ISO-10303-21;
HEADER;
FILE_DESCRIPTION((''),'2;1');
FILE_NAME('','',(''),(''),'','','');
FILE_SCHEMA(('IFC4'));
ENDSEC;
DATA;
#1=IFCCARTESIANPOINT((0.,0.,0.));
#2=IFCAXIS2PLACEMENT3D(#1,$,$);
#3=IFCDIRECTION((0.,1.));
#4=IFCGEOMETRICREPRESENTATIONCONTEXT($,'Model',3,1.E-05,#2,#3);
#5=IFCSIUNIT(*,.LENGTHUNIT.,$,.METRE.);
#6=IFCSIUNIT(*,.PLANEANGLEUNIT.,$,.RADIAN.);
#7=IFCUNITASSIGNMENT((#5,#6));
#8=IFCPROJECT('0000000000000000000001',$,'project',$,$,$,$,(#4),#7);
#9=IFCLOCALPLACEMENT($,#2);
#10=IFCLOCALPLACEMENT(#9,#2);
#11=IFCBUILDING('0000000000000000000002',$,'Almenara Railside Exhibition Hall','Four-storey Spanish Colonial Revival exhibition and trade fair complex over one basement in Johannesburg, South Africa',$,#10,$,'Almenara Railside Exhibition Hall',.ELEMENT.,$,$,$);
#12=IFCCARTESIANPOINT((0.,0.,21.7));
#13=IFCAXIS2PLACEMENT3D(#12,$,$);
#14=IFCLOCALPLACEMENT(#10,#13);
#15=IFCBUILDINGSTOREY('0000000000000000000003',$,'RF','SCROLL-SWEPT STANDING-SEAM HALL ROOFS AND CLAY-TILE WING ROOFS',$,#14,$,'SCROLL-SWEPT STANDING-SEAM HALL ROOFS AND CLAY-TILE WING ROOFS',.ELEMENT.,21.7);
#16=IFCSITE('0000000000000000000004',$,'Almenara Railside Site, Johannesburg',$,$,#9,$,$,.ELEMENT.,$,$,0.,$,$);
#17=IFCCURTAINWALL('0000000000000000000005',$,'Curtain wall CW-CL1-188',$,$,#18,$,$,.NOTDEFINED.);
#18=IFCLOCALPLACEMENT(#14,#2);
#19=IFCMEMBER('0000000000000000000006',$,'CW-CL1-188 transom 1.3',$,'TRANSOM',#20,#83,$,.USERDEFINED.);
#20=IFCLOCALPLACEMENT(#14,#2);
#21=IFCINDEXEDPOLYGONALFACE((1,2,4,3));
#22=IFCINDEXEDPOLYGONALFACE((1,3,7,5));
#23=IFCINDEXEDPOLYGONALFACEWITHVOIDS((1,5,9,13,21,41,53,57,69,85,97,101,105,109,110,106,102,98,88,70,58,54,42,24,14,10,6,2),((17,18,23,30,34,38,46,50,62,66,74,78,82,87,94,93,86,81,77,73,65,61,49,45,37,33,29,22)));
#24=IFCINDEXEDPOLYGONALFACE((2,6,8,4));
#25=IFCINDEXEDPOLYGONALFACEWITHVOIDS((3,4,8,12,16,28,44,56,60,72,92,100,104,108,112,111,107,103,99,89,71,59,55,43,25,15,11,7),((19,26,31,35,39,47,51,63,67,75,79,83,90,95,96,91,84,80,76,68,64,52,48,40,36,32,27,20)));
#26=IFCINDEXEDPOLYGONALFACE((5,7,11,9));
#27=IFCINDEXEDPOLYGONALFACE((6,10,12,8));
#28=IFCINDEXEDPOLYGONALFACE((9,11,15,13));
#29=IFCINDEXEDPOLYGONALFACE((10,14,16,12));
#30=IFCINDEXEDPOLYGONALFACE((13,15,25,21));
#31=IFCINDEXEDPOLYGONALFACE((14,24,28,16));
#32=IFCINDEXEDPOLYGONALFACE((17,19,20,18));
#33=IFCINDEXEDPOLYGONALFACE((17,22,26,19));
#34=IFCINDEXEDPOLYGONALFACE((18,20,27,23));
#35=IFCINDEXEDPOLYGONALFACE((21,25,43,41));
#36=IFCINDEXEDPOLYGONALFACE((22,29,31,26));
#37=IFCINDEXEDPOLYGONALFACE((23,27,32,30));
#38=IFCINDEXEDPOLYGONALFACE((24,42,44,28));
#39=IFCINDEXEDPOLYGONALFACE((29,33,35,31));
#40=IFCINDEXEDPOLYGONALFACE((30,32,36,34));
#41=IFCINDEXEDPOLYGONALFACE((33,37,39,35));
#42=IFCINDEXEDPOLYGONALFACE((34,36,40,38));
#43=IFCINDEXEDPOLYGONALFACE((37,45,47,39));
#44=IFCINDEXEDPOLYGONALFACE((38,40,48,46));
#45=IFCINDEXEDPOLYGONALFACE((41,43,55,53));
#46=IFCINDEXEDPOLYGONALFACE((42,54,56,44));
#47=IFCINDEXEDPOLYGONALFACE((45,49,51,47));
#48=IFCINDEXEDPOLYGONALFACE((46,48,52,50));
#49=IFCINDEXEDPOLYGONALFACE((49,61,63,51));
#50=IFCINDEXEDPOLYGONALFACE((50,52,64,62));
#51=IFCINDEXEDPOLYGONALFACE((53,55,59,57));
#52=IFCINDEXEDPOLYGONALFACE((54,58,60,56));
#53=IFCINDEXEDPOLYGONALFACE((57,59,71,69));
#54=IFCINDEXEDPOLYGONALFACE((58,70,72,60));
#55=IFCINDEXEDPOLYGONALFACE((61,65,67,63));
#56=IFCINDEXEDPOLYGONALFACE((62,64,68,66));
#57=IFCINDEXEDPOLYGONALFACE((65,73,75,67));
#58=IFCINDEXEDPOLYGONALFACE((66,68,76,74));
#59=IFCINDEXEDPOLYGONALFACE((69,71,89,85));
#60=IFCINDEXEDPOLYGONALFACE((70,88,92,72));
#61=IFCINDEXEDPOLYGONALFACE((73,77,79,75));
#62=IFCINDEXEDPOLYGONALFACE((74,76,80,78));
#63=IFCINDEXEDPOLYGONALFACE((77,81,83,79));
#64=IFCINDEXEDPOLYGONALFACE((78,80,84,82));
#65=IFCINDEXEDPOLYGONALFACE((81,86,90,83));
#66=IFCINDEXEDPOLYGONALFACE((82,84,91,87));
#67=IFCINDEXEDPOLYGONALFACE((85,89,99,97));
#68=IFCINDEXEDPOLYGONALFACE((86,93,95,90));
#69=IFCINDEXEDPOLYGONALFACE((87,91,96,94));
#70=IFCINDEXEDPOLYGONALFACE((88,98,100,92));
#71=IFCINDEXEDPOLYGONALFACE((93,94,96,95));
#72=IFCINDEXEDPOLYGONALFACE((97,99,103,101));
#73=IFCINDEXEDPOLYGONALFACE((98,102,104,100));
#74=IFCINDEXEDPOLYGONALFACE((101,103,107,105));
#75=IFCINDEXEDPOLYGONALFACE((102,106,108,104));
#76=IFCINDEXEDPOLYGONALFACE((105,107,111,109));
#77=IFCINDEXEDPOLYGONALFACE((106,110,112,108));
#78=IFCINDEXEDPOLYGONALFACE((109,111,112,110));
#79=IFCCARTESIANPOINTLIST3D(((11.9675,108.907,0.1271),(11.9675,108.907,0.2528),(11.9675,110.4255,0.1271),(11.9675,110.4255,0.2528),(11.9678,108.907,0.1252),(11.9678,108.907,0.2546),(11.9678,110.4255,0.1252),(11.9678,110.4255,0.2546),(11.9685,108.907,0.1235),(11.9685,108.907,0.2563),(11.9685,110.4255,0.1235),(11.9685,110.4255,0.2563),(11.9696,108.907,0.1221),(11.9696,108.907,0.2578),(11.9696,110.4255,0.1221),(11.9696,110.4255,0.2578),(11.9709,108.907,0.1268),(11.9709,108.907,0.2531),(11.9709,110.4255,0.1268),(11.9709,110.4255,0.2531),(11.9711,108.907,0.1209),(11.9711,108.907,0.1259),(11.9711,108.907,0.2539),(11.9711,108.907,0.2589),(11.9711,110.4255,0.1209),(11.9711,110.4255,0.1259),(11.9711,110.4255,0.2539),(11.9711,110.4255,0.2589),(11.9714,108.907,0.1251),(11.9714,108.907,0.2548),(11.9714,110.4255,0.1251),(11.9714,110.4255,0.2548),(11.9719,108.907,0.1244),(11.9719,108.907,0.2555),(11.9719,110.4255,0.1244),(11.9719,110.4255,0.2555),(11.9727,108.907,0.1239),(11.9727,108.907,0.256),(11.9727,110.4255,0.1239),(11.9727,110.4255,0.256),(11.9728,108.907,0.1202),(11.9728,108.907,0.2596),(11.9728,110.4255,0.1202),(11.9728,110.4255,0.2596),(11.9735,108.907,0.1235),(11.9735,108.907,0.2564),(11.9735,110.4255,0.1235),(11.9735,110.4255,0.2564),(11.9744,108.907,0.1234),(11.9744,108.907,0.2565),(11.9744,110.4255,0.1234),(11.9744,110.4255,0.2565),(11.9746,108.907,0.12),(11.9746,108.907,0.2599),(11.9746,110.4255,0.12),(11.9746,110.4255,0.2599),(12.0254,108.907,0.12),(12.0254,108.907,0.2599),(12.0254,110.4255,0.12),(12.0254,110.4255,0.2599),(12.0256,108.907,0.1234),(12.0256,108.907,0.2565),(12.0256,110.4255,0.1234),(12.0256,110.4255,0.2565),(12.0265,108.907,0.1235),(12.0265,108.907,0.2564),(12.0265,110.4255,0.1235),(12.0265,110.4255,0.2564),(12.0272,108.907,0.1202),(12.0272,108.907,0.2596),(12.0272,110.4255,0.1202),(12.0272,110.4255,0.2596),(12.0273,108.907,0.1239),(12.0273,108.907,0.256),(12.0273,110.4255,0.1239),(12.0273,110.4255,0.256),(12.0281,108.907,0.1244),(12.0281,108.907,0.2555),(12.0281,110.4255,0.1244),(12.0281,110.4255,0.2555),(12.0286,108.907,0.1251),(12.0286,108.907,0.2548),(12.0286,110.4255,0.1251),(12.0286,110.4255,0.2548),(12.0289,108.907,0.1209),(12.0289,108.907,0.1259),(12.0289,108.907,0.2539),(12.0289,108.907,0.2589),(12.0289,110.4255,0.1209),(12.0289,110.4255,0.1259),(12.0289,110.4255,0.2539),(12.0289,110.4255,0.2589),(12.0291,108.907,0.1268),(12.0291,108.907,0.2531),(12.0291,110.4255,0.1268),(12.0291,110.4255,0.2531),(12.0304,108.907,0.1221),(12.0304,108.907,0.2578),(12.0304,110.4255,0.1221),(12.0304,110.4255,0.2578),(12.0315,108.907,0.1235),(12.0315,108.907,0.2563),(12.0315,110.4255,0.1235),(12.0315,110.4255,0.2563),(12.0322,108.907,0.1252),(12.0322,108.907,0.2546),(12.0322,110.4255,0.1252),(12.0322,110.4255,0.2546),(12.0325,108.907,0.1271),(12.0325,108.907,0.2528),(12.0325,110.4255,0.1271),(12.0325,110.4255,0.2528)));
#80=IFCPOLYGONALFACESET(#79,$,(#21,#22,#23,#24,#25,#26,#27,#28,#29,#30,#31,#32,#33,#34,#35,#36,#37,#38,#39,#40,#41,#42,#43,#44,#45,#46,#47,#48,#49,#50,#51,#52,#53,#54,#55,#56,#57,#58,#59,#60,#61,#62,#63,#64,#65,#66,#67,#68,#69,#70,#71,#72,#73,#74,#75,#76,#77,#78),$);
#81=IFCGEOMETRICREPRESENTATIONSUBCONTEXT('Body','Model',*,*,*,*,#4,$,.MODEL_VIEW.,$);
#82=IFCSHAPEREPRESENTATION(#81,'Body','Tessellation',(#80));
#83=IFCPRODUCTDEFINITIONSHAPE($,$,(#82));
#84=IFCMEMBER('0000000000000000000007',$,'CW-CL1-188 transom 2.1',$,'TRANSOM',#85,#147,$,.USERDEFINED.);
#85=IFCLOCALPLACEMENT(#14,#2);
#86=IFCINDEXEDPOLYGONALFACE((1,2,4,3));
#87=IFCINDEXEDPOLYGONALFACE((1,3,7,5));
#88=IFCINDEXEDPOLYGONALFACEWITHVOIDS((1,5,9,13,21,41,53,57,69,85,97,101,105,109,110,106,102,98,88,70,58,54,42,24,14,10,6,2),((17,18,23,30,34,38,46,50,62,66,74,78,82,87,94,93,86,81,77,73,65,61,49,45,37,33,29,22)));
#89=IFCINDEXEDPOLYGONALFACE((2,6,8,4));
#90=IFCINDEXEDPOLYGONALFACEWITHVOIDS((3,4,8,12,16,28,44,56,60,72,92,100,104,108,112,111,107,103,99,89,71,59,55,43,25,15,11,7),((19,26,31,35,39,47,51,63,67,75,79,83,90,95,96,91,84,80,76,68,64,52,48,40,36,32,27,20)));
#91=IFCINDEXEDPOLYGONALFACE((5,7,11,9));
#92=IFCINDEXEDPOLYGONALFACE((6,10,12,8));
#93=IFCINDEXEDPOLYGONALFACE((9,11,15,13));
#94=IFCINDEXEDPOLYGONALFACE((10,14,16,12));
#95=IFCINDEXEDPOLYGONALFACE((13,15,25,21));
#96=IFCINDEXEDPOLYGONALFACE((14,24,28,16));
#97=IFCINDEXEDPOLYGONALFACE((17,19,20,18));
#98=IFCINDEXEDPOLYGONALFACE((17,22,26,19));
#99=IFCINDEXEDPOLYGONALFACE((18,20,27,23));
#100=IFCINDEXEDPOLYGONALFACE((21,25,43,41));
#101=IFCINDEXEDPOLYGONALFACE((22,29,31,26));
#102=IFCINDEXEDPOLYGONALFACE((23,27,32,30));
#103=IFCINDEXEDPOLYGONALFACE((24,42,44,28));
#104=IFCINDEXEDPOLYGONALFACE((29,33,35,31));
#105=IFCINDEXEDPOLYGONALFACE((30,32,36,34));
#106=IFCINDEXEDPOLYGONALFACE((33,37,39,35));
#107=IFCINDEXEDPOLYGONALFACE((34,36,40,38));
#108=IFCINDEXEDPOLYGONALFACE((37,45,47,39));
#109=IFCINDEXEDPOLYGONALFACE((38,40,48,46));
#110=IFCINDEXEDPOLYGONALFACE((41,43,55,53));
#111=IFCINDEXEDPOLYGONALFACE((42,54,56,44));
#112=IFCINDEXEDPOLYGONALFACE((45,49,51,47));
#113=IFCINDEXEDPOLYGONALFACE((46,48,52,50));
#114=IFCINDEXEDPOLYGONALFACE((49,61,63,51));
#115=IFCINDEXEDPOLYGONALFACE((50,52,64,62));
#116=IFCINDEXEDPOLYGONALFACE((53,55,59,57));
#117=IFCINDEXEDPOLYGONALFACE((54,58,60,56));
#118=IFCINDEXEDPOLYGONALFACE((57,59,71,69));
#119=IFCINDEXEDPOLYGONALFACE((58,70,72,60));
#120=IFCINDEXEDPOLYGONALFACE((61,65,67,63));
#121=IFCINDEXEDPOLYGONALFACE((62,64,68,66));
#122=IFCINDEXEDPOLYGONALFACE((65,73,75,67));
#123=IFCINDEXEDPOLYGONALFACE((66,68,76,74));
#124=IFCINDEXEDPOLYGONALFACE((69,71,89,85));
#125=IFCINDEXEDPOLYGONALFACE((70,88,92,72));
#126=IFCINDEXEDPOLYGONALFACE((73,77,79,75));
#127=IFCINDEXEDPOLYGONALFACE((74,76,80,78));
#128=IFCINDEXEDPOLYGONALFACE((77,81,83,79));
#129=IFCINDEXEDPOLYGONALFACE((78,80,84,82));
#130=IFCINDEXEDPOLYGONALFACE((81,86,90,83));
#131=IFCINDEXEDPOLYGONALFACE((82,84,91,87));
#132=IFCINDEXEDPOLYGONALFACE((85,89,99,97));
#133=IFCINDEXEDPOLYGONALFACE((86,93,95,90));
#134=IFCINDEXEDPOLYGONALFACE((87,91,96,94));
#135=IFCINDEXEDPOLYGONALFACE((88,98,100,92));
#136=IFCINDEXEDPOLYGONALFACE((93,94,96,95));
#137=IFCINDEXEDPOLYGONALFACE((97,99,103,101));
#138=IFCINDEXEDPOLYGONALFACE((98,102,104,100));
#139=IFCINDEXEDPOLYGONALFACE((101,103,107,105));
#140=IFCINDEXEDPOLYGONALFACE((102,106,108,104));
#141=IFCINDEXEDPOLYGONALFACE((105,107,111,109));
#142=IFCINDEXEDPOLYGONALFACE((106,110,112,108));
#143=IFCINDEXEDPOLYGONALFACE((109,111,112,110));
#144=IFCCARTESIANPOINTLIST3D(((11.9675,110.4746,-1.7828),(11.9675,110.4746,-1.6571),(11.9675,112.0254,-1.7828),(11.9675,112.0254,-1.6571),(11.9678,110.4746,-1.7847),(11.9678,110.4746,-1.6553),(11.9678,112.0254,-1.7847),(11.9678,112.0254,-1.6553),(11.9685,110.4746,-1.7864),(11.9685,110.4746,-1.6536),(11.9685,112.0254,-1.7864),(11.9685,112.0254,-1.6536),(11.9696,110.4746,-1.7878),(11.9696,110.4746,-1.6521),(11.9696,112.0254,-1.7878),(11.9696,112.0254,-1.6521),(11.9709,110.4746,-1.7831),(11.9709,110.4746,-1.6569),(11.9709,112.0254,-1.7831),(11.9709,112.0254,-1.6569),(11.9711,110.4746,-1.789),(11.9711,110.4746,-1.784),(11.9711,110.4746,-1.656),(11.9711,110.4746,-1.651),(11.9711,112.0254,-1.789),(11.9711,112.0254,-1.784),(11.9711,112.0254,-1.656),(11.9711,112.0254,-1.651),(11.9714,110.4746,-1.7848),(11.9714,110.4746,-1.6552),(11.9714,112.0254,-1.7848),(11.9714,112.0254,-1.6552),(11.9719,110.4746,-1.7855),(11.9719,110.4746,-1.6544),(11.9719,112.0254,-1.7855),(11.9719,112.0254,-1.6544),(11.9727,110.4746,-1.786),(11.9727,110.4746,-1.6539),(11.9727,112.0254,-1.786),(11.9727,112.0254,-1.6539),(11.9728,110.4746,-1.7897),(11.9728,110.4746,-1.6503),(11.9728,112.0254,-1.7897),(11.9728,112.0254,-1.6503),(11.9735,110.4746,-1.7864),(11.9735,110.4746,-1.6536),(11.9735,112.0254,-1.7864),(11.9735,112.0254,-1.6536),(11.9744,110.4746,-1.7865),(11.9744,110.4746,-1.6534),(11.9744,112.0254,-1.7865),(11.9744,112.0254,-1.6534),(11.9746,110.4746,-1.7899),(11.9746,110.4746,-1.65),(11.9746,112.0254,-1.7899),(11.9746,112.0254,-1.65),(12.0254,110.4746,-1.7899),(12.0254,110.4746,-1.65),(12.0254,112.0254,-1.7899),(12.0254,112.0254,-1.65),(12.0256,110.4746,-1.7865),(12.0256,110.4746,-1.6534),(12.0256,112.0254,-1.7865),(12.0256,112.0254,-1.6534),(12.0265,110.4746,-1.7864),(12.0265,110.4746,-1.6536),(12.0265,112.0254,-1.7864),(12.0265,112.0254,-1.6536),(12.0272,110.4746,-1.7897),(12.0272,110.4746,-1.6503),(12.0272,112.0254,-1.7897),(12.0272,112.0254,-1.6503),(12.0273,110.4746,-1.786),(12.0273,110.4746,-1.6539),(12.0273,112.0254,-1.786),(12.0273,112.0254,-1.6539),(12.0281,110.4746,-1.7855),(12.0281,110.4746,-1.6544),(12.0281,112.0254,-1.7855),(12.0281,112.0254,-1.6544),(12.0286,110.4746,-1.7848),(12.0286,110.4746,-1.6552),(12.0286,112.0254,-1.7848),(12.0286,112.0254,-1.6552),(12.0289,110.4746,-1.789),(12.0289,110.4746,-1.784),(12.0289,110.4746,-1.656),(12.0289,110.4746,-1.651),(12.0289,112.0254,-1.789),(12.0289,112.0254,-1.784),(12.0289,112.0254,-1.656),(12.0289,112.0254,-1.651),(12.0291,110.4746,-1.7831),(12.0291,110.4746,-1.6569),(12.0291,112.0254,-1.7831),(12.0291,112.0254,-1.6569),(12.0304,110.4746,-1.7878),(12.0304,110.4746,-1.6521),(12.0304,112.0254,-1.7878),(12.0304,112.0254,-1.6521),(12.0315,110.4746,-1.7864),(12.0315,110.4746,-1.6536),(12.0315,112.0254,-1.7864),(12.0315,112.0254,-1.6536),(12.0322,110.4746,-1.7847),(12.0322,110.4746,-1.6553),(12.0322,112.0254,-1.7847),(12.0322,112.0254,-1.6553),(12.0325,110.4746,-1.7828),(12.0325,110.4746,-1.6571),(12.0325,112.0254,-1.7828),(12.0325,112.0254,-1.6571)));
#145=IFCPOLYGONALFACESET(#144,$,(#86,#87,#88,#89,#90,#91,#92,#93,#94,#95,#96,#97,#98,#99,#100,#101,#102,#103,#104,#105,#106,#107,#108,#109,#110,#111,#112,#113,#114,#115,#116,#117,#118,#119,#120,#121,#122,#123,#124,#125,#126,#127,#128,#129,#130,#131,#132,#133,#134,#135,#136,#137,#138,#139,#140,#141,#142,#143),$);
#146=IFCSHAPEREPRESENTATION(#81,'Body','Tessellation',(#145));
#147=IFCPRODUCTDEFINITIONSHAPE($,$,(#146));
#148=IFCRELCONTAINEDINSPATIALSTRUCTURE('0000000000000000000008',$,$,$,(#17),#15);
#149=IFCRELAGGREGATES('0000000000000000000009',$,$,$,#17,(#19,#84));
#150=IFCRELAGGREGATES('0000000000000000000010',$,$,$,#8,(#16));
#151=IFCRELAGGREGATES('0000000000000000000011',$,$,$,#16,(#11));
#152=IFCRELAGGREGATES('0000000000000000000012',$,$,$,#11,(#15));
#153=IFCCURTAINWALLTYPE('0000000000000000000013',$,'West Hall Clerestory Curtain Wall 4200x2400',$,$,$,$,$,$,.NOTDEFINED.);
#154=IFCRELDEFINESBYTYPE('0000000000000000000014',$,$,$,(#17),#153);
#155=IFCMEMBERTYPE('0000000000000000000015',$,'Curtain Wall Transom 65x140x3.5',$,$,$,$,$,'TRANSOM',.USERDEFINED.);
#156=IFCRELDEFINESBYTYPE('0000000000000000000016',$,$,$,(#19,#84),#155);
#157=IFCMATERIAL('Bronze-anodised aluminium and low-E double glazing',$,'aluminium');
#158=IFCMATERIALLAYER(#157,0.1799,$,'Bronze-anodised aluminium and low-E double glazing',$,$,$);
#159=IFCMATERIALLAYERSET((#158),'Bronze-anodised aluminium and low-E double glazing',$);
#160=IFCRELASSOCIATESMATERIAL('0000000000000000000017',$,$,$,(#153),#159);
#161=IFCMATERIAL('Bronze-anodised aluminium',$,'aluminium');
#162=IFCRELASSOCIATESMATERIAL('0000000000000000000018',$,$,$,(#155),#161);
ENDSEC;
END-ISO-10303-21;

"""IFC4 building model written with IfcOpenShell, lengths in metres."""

from ifc_helpers import new_model, si_unit, direction, frame, origin, origin_2d, place, context, subcontext, project, spatial, hollow_rectangle, extrude, material, layer, layer_set, material_profile, profile_set, type_object, element, aggregate, save


model = new_model("IFC4")

# Units and contexts
model_context = context("Model", 3, precision=1e-05, world=origin(), true_north=direction((0.0, 1.0)))
body_context = subcontext(model_context, "Body", "Model", "MODEL_VIEW")
ifc_project = project(units=[si_unit("LENGTHUNIT", "METRE"), si_unit("PLANEANGLEUNIT", "RADIAN")], contexts=[model_context])

# Site, building, storey
site_placement = place(None, origin())
site = spatial("IfcSite", under=ifc_project, at=site_placement, Name="Almenara Railside Site, Johannesburg", CompositionType="ELEMENT", RefElevation=0.0)
building_placement = place(site_placement, origin())
building = spatial("IfcBuilding", under=site, at=building_placement, Name="Almenara Railside Exhibition Hall", Description="Four-storey Spanish Colonial Revival exhibition and trade fair complex over one basement in Johannesburg, South Africa", LongName="Almenara Railside Exhibition Hall", CompositionType="ELEMENT")
storey_placement = place(building_placement, frame((0.0, 0.0, 21.7)))
storey = spatial("IfcBuildingStorey", under=building, at=storey_placement, Name="RF", Description="SCROLL-SWEPT STANDING-SEAM HALL ROOFS AND CLAY-TILE WING ROOFS", LongName="SCROLL-SWEPT STANDING-SEAM HALL ROOFS AND CLAY-TILE WING ROOFS", CompositionType="ELEMENT", Elevation=21.7)

# Curtain wall
ifc_material_1 = material(Name="Bronze-anodised aluminium and low-E double glazing", Category="aluminium")
ifc_layer_1 = layer(ifc_material_1, 0.1799, Name="Bronze-anodised aluminium and low-E double glazing")
ifc_layer_set_1 = layer_set([ifc_layer_1], Name="Bronze-anodised aluminium and low-E double glazing")
curtain_wall_type = type_object("IfcCurtainWallType", Name="West Hall Clerestory Curtain Wall 4200x2400", PredefinedType="NOTDEFINED", material=ifc_layer_set_1)
ifc_material_2 = material(Name="Bronze-anodised aluminium", Category="aluminium")
curtain_wall_1_placement = place(storey_placement, origin())
curtain_wall_1 = element("IfcCurtainWall", 1, at=curtain_wall_1_placement, inside=storey, type_object=curtain_wall_type, Name="Curtain wall CW-CL1-188", PredefinedType="NOTDEFINED")

# Members
ifc_material_profile_1 = material_profile(ifc_material_2, hollow_rectangle(XDim=0.0649, YDim=0.1399, WallThickness=0.0034, InnerFilletRadius=0.0034, OuterFilletRadius=0.0071, at=origin_2d()), Name="ALU-TRN 65x140x3.5")
ifc_profile_set_1 = profile_set([ifc_material_profile_1], Name="Bronze-anodised aluminium")
member_type_1 = type_object("IfcMemberType", Name="Curtain Wall Transom 65x140x3.5", ElementType="TRANSOM", PredefinedType="USERDEFINED", material=ifc_profile_set_1)
member_1_placement = place(storey_placement, frame((12.0, 108.907, 0.1899), z_axis=(0.0, 1.0, 0.0), x_axis=(-1.0, 0.0, 0.0)))
member_1 = element("IfcMember", 2, at=member_1_placement, type_object=member_type_1, Name="CW-CL1-188 transom 1.3", ObjectType="TRANSOM", PredefinedType="USERDEFINED", context=body_context, shape_type="SweptSolid", body=[
    extrude(hollow_rectangle(XDim=0.0649, YDim=0.1399, WallThickness=0.0034, InnerFilletRadius=0.0034, OuterFilletRadius=0.0071, at=origin_2d()), origin(), (0.0, 0.0, 1.0), 1.5186),
])
member_2_placement = place(storey_placement, frame((12.0, 110.4746, -1.72), z_axis=(0.0, 1.0, 0.0), x_axis=(-1.0, 0.0, 0.0)))
member_2 = element("IfcMember", 3, at=member_2_placement, type_object=member_type_1, Name="CW-CL1-188 transom 2.1", ObjectType="TRANSOM", PredefinedType="USERDEFINED", context=body_context, shape_type="SweptSolid", body=[
    extrude(hollow_rectangle(XDim=0.0649, YDim=0.1399, WallThickness=0.0034, InnerFilletRadius=0.0034, OuterFilletRadius=0.0071, at=origin_2d()), origin(), (0.0, 0.0, 1.0), 1.5508),
])

aggregate(curtain_wall_1, [member_1, member_2])

save(model, "model.ifc")
